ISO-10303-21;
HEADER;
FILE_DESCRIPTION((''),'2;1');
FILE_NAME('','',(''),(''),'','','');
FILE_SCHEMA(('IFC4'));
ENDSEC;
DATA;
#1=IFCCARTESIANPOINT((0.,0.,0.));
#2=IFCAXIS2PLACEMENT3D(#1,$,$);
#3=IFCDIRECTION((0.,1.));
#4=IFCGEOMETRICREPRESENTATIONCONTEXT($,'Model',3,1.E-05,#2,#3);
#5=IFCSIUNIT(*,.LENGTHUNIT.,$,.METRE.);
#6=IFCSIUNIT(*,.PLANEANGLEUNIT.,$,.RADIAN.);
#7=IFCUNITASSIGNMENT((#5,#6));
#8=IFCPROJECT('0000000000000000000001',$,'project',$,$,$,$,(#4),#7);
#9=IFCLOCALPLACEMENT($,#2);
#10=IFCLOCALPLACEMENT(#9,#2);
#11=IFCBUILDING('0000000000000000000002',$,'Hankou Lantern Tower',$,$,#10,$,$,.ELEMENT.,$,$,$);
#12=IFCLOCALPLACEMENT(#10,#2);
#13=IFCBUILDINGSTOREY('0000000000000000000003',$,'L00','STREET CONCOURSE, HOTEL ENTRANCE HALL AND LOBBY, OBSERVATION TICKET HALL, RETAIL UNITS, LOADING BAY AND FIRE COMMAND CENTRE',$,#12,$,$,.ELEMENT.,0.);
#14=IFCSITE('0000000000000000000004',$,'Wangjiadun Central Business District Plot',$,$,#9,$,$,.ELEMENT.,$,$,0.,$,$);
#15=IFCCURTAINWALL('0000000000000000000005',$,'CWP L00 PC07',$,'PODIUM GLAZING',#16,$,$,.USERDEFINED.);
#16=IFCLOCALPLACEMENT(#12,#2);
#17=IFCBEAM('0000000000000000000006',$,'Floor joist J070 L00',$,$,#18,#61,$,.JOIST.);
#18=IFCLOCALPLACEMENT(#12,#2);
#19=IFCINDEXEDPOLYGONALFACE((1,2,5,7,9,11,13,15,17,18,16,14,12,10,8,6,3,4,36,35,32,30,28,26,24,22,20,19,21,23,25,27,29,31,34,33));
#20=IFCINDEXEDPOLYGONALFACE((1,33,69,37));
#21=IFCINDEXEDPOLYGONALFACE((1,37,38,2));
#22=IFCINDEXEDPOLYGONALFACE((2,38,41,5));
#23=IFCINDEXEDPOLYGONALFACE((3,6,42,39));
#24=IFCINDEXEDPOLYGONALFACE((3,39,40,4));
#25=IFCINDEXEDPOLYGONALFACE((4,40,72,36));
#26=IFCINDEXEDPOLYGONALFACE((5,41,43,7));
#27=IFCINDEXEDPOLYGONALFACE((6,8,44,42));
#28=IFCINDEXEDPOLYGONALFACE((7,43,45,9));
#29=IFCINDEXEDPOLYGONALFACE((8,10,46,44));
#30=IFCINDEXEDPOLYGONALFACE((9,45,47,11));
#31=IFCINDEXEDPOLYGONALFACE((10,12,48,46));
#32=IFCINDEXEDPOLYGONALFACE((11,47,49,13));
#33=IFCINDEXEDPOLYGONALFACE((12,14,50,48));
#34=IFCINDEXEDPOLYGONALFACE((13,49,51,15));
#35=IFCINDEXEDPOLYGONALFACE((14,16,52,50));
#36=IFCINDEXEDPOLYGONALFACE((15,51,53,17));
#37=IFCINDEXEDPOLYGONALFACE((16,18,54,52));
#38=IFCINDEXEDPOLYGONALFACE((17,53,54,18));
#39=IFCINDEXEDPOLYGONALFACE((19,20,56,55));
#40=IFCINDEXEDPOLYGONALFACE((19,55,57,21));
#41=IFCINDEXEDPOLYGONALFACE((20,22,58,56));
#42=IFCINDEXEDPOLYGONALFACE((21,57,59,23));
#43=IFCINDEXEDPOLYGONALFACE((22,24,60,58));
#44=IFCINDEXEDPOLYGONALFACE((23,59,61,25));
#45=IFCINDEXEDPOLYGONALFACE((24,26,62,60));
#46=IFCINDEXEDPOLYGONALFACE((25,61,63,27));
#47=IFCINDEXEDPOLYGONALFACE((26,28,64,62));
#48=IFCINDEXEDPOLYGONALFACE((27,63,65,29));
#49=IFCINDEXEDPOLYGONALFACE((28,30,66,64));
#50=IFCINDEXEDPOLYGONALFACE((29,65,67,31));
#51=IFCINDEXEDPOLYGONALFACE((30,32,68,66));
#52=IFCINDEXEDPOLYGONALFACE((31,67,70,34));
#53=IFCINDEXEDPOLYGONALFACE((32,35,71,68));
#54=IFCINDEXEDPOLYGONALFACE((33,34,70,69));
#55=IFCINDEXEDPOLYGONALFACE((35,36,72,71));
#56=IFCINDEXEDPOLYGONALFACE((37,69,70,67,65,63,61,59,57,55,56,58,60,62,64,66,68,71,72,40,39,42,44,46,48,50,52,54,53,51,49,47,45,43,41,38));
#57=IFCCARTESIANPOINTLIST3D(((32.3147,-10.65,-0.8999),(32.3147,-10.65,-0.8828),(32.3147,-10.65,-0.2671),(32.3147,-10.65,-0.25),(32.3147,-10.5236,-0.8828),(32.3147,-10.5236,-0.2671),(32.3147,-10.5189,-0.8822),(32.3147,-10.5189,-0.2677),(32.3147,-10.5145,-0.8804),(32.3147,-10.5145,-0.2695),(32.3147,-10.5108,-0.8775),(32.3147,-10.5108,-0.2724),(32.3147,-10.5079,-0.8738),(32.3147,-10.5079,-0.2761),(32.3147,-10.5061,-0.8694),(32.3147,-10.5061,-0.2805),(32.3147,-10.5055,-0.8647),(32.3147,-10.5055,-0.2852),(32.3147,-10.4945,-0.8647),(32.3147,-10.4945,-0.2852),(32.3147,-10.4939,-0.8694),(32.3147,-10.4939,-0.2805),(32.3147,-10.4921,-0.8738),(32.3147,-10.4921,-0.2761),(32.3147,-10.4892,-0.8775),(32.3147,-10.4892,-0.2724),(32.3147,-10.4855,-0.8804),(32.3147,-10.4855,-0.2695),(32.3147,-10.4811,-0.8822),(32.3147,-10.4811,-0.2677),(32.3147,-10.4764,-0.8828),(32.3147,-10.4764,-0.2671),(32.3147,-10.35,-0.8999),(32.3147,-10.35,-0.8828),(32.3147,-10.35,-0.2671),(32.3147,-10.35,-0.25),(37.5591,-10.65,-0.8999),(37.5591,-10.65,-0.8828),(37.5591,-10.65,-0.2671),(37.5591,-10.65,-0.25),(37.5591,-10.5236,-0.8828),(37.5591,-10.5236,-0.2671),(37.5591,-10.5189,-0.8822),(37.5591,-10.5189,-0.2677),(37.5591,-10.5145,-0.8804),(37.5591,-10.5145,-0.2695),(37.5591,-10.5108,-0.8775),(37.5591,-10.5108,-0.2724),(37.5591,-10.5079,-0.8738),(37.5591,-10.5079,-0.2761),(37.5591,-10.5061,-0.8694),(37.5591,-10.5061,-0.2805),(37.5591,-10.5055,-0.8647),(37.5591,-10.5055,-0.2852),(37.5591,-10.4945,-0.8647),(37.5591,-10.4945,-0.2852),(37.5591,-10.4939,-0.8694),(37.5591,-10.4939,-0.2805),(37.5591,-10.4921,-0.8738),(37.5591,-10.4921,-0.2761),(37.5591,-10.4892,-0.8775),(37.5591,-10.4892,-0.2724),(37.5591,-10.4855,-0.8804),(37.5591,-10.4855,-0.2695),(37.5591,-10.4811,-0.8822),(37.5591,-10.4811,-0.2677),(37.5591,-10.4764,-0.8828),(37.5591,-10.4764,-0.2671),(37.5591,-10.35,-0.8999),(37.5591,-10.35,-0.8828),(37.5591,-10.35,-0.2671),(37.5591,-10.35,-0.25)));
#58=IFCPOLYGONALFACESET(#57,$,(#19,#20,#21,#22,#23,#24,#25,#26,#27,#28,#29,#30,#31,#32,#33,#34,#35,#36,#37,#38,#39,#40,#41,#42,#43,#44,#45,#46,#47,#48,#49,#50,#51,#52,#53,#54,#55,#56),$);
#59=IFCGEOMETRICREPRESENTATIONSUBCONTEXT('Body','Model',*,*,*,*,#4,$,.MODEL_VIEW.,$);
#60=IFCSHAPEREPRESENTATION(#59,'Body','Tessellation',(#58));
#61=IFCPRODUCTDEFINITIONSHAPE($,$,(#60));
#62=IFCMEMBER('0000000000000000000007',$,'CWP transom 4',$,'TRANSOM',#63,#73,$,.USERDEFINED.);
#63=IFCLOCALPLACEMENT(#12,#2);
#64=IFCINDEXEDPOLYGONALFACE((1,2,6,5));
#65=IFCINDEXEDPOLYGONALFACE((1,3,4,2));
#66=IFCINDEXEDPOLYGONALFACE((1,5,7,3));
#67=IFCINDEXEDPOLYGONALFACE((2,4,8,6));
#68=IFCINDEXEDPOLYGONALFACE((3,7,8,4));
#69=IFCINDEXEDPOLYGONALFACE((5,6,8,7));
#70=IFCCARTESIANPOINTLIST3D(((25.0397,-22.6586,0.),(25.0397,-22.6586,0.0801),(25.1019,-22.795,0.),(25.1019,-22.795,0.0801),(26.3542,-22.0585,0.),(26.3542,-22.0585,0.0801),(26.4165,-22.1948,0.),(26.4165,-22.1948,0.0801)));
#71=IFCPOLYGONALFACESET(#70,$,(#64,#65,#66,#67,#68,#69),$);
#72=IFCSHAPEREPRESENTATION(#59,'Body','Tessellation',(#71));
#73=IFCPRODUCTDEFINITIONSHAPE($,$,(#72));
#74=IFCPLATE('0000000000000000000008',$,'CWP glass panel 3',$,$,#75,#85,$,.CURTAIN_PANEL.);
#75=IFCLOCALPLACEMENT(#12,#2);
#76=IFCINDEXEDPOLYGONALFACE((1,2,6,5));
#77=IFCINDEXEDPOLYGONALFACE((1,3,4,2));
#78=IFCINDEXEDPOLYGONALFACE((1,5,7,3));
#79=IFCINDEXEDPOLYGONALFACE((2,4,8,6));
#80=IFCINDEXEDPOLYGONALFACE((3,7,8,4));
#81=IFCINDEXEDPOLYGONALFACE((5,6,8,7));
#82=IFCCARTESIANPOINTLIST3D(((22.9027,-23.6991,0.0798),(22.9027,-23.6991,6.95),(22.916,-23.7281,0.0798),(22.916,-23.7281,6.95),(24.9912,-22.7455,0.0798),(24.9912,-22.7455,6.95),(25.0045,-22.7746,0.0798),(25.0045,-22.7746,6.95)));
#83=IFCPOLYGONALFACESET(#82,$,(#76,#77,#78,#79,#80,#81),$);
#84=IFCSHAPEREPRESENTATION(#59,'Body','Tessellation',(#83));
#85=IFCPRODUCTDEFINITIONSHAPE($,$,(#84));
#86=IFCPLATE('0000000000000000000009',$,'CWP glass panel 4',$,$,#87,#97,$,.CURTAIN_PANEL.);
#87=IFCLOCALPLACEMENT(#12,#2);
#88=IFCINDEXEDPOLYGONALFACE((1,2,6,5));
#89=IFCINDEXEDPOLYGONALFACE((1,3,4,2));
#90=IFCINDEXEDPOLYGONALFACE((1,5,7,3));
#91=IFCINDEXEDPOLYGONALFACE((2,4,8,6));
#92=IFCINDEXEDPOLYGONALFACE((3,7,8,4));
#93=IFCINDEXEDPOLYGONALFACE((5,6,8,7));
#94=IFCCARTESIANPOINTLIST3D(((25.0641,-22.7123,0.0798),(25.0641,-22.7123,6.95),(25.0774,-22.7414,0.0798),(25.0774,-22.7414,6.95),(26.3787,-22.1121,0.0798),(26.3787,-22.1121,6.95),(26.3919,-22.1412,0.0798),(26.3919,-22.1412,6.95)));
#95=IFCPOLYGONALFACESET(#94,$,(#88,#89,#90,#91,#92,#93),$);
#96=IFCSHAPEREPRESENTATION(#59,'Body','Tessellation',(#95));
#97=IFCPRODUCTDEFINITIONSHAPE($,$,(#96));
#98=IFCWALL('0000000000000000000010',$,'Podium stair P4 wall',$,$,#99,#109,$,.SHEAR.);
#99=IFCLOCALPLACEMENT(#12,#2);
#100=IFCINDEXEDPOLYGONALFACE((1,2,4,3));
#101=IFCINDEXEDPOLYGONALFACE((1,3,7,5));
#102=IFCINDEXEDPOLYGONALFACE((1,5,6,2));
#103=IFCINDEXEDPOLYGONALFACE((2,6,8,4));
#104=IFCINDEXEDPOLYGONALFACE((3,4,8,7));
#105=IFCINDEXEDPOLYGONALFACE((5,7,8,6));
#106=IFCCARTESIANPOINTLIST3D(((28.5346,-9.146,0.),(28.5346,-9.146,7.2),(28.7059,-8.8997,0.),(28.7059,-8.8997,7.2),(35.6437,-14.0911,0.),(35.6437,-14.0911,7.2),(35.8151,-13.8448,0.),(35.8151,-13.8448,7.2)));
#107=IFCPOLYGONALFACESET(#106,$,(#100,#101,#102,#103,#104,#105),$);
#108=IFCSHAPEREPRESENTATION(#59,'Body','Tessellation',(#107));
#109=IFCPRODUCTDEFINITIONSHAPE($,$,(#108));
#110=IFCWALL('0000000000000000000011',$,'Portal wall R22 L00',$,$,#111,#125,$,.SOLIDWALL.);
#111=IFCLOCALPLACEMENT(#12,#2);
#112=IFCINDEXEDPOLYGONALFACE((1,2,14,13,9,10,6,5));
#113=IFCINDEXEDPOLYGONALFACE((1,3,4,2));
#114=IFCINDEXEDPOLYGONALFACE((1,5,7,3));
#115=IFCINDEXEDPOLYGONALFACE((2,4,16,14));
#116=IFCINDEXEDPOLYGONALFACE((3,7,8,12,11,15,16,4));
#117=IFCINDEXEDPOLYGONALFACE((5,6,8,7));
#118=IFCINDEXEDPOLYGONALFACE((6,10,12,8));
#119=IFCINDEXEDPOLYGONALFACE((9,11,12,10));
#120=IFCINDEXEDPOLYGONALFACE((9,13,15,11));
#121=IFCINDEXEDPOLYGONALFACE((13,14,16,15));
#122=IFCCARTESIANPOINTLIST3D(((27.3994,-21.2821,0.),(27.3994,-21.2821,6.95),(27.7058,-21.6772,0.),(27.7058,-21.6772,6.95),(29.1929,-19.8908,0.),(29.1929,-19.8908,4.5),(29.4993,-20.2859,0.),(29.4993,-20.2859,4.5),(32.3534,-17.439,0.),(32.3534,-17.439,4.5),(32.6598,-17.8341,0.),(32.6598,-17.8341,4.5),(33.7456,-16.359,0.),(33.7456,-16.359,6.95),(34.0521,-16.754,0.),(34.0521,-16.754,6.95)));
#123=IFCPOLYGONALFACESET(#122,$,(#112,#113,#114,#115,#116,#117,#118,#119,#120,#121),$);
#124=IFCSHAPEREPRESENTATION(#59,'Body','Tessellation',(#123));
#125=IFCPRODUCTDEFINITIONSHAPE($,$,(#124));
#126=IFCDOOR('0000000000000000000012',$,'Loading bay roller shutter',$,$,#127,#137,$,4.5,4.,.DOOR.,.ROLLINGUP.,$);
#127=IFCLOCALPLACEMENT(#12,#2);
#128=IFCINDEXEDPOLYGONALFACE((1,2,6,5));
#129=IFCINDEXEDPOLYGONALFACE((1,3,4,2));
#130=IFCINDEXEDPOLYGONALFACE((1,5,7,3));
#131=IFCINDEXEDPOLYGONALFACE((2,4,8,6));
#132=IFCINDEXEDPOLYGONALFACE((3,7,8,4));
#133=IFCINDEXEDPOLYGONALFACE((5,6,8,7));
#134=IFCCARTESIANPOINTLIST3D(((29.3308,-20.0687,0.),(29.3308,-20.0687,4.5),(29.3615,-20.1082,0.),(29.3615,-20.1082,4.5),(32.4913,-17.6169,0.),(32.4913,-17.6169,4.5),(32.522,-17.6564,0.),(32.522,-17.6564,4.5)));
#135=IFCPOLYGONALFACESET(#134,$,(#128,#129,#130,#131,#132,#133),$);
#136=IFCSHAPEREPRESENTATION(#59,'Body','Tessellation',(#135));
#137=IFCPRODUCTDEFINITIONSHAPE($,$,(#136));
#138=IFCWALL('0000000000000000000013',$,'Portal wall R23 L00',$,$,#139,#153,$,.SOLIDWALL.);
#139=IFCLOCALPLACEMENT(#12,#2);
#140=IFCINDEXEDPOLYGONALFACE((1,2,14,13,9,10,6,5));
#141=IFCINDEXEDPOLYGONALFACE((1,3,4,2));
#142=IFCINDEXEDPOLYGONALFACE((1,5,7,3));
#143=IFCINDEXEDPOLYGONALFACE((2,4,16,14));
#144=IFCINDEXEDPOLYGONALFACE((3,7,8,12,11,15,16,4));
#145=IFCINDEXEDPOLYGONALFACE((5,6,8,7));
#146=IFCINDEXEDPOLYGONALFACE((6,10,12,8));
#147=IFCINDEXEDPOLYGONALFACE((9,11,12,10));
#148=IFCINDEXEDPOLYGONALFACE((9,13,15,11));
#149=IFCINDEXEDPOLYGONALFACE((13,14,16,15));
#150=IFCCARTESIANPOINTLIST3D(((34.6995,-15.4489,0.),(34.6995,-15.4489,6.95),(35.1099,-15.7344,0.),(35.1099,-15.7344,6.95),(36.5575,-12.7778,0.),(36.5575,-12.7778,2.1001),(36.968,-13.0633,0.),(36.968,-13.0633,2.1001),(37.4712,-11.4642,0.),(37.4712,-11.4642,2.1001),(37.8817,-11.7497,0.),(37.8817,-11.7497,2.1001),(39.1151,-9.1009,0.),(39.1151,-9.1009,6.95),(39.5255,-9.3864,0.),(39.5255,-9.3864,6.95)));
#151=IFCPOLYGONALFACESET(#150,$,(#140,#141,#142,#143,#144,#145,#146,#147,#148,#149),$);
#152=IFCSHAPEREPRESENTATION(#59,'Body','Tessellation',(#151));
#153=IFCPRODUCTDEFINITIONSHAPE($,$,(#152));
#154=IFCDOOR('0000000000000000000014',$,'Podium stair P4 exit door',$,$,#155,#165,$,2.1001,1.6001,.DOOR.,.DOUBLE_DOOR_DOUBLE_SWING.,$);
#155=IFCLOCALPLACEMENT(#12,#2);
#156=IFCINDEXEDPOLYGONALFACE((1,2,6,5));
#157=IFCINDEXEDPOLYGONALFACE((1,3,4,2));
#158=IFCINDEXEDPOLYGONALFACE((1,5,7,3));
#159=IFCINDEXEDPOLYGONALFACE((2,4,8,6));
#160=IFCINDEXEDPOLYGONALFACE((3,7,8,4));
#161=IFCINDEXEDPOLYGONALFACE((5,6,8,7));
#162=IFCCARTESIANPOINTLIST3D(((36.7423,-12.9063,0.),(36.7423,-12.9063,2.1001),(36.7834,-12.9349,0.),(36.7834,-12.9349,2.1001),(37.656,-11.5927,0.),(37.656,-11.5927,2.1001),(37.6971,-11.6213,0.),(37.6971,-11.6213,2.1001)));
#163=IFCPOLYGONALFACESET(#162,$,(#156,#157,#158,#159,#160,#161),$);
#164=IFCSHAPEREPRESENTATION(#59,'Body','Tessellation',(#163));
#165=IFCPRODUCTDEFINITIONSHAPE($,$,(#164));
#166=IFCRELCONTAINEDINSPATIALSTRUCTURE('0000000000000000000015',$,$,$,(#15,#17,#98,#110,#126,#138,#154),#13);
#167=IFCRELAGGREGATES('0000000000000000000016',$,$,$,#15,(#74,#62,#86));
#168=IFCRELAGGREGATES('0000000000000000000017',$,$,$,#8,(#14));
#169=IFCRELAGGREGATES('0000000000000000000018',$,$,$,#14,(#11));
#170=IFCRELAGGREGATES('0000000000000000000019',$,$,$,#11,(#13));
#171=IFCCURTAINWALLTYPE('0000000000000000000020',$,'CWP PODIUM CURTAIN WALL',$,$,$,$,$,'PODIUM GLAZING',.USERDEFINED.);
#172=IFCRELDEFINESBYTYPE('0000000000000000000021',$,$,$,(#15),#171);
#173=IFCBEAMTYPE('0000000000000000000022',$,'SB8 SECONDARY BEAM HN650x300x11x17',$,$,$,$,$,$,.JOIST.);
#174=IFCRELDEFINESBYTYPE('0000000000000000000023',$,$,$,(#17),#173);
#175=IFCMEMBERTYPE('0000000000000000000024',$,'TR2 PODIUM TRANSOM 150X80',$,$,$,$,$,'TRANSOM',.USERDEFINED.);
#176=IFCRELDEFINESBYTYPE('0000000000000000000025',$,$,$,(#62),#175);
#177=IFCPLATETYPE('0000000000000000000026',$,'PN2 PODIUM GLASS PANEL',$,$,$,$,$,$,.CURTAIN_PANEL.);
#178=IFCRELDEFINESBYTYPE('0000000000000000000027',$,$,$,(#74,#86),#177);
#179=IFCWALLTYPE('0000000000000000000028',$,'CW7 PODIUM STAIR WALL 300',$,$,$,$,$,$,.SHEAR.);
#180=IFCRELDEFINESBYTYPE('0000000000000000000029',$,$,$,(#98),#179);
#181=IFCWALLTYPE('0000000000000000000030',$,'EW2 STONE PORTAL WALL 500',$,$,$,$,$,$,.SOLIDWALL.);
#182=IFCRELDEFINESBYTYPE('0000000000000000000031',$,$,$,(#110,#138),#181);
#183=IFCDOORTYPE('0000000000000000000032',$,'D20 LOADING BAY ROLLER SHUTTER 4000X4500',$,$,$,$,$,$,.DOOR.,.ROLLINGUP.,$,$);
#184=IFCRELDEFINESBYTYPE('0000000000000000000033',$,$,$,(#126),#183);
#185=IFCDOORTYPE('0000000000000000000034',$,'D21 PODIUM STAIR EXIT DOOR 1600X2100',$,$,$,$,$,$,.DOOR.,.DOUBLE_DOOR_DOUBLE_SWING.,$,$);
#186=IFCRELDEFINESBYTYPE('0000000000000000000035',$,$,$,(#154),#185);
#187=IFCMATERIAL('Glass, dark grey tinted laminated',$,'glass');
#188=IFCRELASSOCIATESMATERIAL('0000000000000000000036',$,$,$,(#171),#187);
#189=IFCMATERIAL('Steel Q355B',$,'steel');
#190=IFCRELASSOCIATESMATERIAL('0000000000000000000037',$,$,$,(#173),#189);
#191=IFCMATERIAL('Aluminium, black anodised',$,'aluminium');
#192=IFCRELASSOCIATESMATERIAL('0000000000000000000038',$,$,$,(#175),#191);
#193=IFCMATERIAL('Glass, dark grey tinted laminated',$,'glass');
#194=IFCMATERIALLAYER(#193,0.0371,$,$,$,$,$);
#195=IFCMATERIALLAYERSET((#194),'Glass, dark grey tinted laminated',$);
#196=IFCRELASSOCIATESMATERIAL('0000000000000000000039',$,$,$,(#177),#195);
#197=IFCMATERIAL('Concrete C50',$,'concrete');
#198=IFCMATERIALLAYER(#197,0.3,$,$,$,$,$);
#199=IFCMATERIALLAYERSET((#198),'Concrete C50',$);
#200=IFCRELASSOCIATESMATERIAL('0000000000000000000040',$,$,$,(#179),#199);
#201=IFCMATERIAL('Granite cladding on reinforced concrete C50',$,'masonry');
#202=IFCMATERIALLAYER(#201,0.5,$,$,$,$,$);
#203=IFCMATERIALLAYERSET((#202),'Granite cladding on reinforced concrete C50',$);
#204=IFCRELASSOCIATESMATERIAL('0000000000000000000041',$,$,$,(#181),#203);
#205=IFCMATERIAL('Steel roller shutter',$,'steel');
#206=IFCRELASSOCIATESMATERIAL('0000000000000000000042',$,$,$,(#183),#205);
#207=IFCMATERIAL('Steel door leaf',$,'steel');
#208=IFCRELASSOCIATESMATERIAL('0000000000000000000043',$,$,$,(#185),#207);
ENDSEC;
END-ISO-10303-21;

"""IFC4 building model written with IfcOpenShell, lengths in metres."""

from ifc_helpers import new_model, si_unit, direction, frame, frame_2d, origin, origin_2d, place, context, subcontext, project, spatial, rectangle, i_section, extrude, material, layer, layer_set, material_profile, profile_set, type_object, element, fill, aggregate, save


model = new_model("IFC4")

# Units and contexts
model_context = context("Model", 3, precision=1e-05, world=origin(), true_north=direction((0.0, 1.0)))
body_context = subcontext(model_context, "Body", "Model", "MODEL_VIEW")
ifc_project = project(units=[si_unit("LENGTHUNIT", "METRE"), si_unit("PLANEANGLEUNIT", "RADIAN")], contexts=[model_context])

# Site, building, storey
site_placement = place(None, origin())
site = spatial("IfcSite", under=ifc_project, at=site_placement, Name="Wangjiadun Central Business District Plot", CompositionType="ELEMENT", RefElevation=0.0)
building_placement = place(site_placement, origin())
building = spatial("IfcBuilding", under=site, at=building_placement, Name="Hankou Lantern Tower", CompositionType="ELEMENT")
storey_placement = place(building_placement, origin())
storey = spatial("IfcBuildingStorey", under=building, at=storey_placement, Name="L00", Description="STREET CONCOURSE, HOTEL ENTRANCE HALL AND LOBBY, OBSERVATION TICKET HALL, RETAIL UNITS, LOADING BAY AND FIRE COMMAND CENTRE", CompositionType="ELEMENT", Elevation=0.0)

# Curtain wall
ifc_material_1 = material(Name="Glass, dark grey tinted laminated", Category="glass")
curtain_wall_type = type_object("IfcCurtainWallType", Name="CWP PODIUM CURTAIN WALL", ElementType="PODIUM GLAZING", PredefinedType="USERDEFINED", material=ifc_material_1)
curtain_wall_placement = place(storey_placement, origin())
curtain_wall = element("IfcCurtainWall", 1, at=curtain_wall_placement, inside=storey, type_object=curtain_wall_type, Name="CWP L00 PC07", ObjectType="PODIUM GLAZING", PredefinedType="USERDEFINED")

# Beam
ifc_material_2 = material(Name="Steel Q355B", Category="steel")
ifc_material_profile_1 = material_profile(ifc_material_2, i_section(OverallWidth=0.3, OverallDepth=0.6499, WebThickness=0.011, FlangeThickness=0.0171, FilletRadius=0.0181, at=origin_2d()), Name="HN650x300x11x17")
ifc_profile_set_1 = profile_set([ifc_material_profile_1], Name="Steel Q355B")
beam_type_1 = type_object("IfcBeamType", Name="SB8 SECONDARY BEAM HN650x300x11x17", PredefinedType="JOIST", material=ifc_profile_set_1)
beam_1_placement = place(storey_placement, frame((32.3147, -10.5, -0.575), z_axis=(1.0, 0.0, 0.0), x_axis=(0.0, 1.0, 0.0)))
element("IfcBeam", 2, at=beam_1_placement, inside=storey, type_object=beam_type_1, Name="Floor joist J070 L00", PredefinedType="JOIST", context=body_context, shape_type="SweptSolid", body=[
    extrude(i_section(OverallWidth=0.3, OverallDepth=0.6499, WebThickness=0.011, FlangeThickness=0.0171, FilletRadius=0.0181, at=origin_2d()), origin(), (0.0, 0.0, 1.0), 5.2444),
])

# Member
ifc_material_3 = material(Name="Aluminium, black anodised", Category="aluminium")
ifc_material_profile_2 = material_profile(ifc_material_3, rectangle(XDim=0.1499, YDim=0.0801, at=origin_2d()), Name="TR2 150X80")
ifc_profile_set_2 = profile_set([ifc_material_profile_2], Name="Aluminium, black anodised")
member_type_1 = type_object("IfcMemberType", Name="TR2 PODIUM TRANSOM 150X80", ElementType="TRANSOM", PredefinedType="USERDEFINED", material=ifc_profile_set_2)
member_1_placement = place(storey_placement, frame((25.0708, -22.7268, 0.04), z_axis=(0.909682, 0.415305, 0.0), x_axis=(-0.415305, 0.909682, 0.0)))
member_1 = element("IfcMember", 3, at=member_1_placement, type_object=member_type_1, Name="CWP transom 4", ObjectType="TRANSOM", PredefinedType="USERDEFINED", context=body_context, shape_type="SweptSolid", body=[
    extrude(rectangle(XDim=0.1499, YDim=0.0801, at=origin_2d()), origin(), (0.0, 0.0, 1.0), 1.4451),
])

# Plates
ifc_material_4 = material(Name="Glass, dark grey tinted laminated", Category="glass")
ifc_layer_1 = layer(ifc_material_4, 0.0371)
ifc_layer_set_1 = layer_set([ifc_layer_1], Name="Glass, dark grey tinted laminated")
plate_type = type_object("IfcPlateType", Name="PN2 PODIUM GLASS PANEL", PredefinedType="CURTAIN_PANEL", material=ifc_layer_set_1)
plate_1_placement = place(storey_placement, frame((23.9536, -23.2368, 0.0798), z_axis=(0.0, 0.0, 1.0), x_axis=(0.90967, 0.415332, 0.0)))
plate_1 = element("IfcPlate", 4, at=plate_1_placement, type_object=plate_type, Name="CWP glass panel 3", PredefinedType="CURTAIN_PANEL", context=body_context, shape_type="SweptSolid", body=[
    extrude(rectangle(XDim=2.2959, YDim=0.032, at=origin_2d()), origin(), (0.0, 0.0, 1.0), 6.8701),
])
plate_2_placement = place(storey_placement, frame((25.728, -22.4268, 0.0798), z_axis=(0.0, 0.0, 1.0), x_axis=(0.90967, 0.415332, 0.0)))
plate_2 = element("IfcPlate", 5, at=plate_2_placement, type_object=plate_type, Name="CWP glass panel 4", PredefinedType="CURTAIN_PANEL", context=body_context, shape_type="SweptSolid", body=[
    extrude(rectangle(XDim=1.4451, YDim=0.032, at=origin_2d()), origin(), (0.0, 0.0, 1.0), 6.8701),
])
aggregate(curtain_wall, [plate_1, member_1, plate_2])

# Wall
ifc_material_5 = material(Name="Concrete C50", Category="concrete")
ifc_layer_2 = layer(ifc_material_5, 0.3)
ifc_layer_set_2 = layer_set([ifc_layer_2], Name="Concrete C50")
wall_type_1 = type_object("IfcWallType", Name="CW7 PODIUM STAIR WALL 300", PredefinedType="SHEAR", material=ifc_layer_set_2)
wall_1_placement = place(storey_placement, frame((35.7295, -13.968, 0.0), z_axis=(0.0, 0.0, 1.0), x_axis=(-0.820928, 0.571032, 0.0)))
element("IfcWall", 6, at=wall_1_placement, inside=storey, type_object=wall_type_1, Name="Podium stair P4 wall", PredefinedType="SHEAR", context=body_context, shape_type="SweptSolid", body=[
    extrude(rectangle(XDim=8.6599, YDim=0.3, at=frame_2d((4.3301, 0.0))), origin(), (0.0, 0.0, 1.0), 7.2),
])

# Walls, openings, doors
ifc_material_6 = material(Name="Granite cladding on reinforced concrete C50", Category="masonry")
ifc_layer_3 = layer(ifc_material_6, 0.5)
ifc_layer_set_3 = layer_set([ifc_layer_3], Name="Granite cladding on reinforced concrete C50")
wall_type_2 = type_object("IfcWallType", Name="EW2 STONE PORTAL WALL 500", PredefinedType="SOLIDWALL", material=ifc_layer_set_3)
wall_2_placement = place(storey_placement, frame((27.5525, -21.4797, 0.0), z_axis=(0.0, 0.0, 1.0), x_axis=(0.790126, 0.612945, 0.0)))
wall_2 = element("IfcWall", 7, at=wall_2_placement, inside=storey, type_object=wall_type_2, Name="Portal wall R22 L00", PredefinedType="SOLIDWALL", context=body_context, shape_type="SweptSolid", body=[
    extrude(rectangle(XDim=8.032, YDim=0.5, at=frame_2d((4.0161, 0.0))), origin(), (0.0, 0.0, 1.0), 6.95),
])
opening_1_placement = place(wall_2_placement, frame((2.27, 0.0, 0.0)))
opening_1 = element("IfcOpeningElement", 8, at=opening_1_placement, cuts=wall_2, PredefinedType="OPENING", context=body_context, shape_type="SweptSolid", body=[
    extrude(rectangle(XDim=4.0, YDim=4.5, at=frame_2d((2.0, 2.25))), frame((0.0, 0.26, 0.0), z_axis=(0.0, -1.0, 0.0), x_axis=(1.0, 0.0, 0.0)), (0.0, 0.0, 1.0), 0.52),
])
ifc_material_7 = material(Name="Steel roller shutter", Category="steel")
door_type_1 = type_object("IfcDoorType", Name="D20 LOADING BAY ROLLER SHUTTER 4000X4500", OperationType="ROLLINGUP", PredefinedType="DOOR", material=ifc_material_7)
door_1_placement = place(opening_1_placement, origin())
door_1 = element("IfcDoor", 9, at=door_1_placement, inside=storey, type_object=door_type_1, Name="Loading bay roller shutter", OperationType="ROLLINGUP", OverallHeight=4.5, OverallWidth=4.0, PredefinedType="DOOR", context=body_context, shape_type="SweptSolid", body=[
    extrude(rectangle(XDim=4.0, YDim=4.5, at=frame_2d((2.0, 2.25))), frame((0.0, 0.0249, 0.0), z_axis=(0.0, -1.0, 0.0), x_axis=(1.0, 0.0, 0.0)), (0.0, 0.0, 1.0), 0.05),
])
fill(opening_1, door_1)
wall_3_placement = place(storey_placement, frame((34.9048, -15.5916, 0.0), z_axis=(0.0, 0.0, 1.0), x_axis=(0.571029, 0.82093, 0.0)))
wall_3 = element("IfcWall", 10, at=wall_3_placement, inside=storey, type_object=wall_type_2, Name="Portal wall R23 L00", PredefinedType="SOLIDWALL", context=body_context, shape_type="SweptSolid", body=[
    extrude(rectangle(XDim=7.7327, YDim=0.5, at=frame_2d((3.8662, 0.0))), origin(), (0.0, 0.0, 1.0), 6.95),
])
opening_2_placement = place(wall_3_placement, frame((3.2537, 0.0, 0.0)))
opening_2 = element("IfcOpeningElement", 11, at=opening_2_placement, cuts=wall_3, PredefinedType="OPENING", context=body_context, shape_type="SweptSolid", body=[
    extrude(rectangle(XDim=1.6001, YDim=2.1001, at=frame_2d((0.8, 1.05))), frame((0.0, 0.26, 0.0), z_axis=(0.0, -1.0, 0.0), x_axis=(1.0, 0.0, 0.0)), (0.0, 0.0, 1.0), 0.52),
])
ifc_material_8 = material(Name="Steel door leaf", Category="steel")
door_type_2 = type_object("IfcDoorType", Name="D21 PODIUM STAIR EXIT DOOR 1600X2100", OperationType="DOUBLE_DOOR_DOUBLE_SWING", PredefinedType="DOOR", material=ifc_material_8)
door_2_placement = place(opening_2_placement, origin())
door_2 = element("IfcDoor", 12, at=door_2_placement, inside=storey, type_object=door_type_2, Name="Podium stair P4 exit door", OperationType="DOUBLE_DOOR_DOUBLE_SWING", OverallHeight=2.1001, OverallWidth=1.6001, PredefinedType="DOOR", context=body_context, shape_type="SweptSolid", body=[
    extrude(rectangle(XDim=1.6001, YDim=2.1001, at=frame_2d((0.8, 1.05))), frame((0.0, 0.0249, 0.0), z_axis=(0.0, -1.0, 0.0), x_axis=(1.0, 0.0, 0.0)), (0.0, 0.0, 1.0), 0.05),
])
fill(opening_2, door_2)

save(model, "model.ifc")
